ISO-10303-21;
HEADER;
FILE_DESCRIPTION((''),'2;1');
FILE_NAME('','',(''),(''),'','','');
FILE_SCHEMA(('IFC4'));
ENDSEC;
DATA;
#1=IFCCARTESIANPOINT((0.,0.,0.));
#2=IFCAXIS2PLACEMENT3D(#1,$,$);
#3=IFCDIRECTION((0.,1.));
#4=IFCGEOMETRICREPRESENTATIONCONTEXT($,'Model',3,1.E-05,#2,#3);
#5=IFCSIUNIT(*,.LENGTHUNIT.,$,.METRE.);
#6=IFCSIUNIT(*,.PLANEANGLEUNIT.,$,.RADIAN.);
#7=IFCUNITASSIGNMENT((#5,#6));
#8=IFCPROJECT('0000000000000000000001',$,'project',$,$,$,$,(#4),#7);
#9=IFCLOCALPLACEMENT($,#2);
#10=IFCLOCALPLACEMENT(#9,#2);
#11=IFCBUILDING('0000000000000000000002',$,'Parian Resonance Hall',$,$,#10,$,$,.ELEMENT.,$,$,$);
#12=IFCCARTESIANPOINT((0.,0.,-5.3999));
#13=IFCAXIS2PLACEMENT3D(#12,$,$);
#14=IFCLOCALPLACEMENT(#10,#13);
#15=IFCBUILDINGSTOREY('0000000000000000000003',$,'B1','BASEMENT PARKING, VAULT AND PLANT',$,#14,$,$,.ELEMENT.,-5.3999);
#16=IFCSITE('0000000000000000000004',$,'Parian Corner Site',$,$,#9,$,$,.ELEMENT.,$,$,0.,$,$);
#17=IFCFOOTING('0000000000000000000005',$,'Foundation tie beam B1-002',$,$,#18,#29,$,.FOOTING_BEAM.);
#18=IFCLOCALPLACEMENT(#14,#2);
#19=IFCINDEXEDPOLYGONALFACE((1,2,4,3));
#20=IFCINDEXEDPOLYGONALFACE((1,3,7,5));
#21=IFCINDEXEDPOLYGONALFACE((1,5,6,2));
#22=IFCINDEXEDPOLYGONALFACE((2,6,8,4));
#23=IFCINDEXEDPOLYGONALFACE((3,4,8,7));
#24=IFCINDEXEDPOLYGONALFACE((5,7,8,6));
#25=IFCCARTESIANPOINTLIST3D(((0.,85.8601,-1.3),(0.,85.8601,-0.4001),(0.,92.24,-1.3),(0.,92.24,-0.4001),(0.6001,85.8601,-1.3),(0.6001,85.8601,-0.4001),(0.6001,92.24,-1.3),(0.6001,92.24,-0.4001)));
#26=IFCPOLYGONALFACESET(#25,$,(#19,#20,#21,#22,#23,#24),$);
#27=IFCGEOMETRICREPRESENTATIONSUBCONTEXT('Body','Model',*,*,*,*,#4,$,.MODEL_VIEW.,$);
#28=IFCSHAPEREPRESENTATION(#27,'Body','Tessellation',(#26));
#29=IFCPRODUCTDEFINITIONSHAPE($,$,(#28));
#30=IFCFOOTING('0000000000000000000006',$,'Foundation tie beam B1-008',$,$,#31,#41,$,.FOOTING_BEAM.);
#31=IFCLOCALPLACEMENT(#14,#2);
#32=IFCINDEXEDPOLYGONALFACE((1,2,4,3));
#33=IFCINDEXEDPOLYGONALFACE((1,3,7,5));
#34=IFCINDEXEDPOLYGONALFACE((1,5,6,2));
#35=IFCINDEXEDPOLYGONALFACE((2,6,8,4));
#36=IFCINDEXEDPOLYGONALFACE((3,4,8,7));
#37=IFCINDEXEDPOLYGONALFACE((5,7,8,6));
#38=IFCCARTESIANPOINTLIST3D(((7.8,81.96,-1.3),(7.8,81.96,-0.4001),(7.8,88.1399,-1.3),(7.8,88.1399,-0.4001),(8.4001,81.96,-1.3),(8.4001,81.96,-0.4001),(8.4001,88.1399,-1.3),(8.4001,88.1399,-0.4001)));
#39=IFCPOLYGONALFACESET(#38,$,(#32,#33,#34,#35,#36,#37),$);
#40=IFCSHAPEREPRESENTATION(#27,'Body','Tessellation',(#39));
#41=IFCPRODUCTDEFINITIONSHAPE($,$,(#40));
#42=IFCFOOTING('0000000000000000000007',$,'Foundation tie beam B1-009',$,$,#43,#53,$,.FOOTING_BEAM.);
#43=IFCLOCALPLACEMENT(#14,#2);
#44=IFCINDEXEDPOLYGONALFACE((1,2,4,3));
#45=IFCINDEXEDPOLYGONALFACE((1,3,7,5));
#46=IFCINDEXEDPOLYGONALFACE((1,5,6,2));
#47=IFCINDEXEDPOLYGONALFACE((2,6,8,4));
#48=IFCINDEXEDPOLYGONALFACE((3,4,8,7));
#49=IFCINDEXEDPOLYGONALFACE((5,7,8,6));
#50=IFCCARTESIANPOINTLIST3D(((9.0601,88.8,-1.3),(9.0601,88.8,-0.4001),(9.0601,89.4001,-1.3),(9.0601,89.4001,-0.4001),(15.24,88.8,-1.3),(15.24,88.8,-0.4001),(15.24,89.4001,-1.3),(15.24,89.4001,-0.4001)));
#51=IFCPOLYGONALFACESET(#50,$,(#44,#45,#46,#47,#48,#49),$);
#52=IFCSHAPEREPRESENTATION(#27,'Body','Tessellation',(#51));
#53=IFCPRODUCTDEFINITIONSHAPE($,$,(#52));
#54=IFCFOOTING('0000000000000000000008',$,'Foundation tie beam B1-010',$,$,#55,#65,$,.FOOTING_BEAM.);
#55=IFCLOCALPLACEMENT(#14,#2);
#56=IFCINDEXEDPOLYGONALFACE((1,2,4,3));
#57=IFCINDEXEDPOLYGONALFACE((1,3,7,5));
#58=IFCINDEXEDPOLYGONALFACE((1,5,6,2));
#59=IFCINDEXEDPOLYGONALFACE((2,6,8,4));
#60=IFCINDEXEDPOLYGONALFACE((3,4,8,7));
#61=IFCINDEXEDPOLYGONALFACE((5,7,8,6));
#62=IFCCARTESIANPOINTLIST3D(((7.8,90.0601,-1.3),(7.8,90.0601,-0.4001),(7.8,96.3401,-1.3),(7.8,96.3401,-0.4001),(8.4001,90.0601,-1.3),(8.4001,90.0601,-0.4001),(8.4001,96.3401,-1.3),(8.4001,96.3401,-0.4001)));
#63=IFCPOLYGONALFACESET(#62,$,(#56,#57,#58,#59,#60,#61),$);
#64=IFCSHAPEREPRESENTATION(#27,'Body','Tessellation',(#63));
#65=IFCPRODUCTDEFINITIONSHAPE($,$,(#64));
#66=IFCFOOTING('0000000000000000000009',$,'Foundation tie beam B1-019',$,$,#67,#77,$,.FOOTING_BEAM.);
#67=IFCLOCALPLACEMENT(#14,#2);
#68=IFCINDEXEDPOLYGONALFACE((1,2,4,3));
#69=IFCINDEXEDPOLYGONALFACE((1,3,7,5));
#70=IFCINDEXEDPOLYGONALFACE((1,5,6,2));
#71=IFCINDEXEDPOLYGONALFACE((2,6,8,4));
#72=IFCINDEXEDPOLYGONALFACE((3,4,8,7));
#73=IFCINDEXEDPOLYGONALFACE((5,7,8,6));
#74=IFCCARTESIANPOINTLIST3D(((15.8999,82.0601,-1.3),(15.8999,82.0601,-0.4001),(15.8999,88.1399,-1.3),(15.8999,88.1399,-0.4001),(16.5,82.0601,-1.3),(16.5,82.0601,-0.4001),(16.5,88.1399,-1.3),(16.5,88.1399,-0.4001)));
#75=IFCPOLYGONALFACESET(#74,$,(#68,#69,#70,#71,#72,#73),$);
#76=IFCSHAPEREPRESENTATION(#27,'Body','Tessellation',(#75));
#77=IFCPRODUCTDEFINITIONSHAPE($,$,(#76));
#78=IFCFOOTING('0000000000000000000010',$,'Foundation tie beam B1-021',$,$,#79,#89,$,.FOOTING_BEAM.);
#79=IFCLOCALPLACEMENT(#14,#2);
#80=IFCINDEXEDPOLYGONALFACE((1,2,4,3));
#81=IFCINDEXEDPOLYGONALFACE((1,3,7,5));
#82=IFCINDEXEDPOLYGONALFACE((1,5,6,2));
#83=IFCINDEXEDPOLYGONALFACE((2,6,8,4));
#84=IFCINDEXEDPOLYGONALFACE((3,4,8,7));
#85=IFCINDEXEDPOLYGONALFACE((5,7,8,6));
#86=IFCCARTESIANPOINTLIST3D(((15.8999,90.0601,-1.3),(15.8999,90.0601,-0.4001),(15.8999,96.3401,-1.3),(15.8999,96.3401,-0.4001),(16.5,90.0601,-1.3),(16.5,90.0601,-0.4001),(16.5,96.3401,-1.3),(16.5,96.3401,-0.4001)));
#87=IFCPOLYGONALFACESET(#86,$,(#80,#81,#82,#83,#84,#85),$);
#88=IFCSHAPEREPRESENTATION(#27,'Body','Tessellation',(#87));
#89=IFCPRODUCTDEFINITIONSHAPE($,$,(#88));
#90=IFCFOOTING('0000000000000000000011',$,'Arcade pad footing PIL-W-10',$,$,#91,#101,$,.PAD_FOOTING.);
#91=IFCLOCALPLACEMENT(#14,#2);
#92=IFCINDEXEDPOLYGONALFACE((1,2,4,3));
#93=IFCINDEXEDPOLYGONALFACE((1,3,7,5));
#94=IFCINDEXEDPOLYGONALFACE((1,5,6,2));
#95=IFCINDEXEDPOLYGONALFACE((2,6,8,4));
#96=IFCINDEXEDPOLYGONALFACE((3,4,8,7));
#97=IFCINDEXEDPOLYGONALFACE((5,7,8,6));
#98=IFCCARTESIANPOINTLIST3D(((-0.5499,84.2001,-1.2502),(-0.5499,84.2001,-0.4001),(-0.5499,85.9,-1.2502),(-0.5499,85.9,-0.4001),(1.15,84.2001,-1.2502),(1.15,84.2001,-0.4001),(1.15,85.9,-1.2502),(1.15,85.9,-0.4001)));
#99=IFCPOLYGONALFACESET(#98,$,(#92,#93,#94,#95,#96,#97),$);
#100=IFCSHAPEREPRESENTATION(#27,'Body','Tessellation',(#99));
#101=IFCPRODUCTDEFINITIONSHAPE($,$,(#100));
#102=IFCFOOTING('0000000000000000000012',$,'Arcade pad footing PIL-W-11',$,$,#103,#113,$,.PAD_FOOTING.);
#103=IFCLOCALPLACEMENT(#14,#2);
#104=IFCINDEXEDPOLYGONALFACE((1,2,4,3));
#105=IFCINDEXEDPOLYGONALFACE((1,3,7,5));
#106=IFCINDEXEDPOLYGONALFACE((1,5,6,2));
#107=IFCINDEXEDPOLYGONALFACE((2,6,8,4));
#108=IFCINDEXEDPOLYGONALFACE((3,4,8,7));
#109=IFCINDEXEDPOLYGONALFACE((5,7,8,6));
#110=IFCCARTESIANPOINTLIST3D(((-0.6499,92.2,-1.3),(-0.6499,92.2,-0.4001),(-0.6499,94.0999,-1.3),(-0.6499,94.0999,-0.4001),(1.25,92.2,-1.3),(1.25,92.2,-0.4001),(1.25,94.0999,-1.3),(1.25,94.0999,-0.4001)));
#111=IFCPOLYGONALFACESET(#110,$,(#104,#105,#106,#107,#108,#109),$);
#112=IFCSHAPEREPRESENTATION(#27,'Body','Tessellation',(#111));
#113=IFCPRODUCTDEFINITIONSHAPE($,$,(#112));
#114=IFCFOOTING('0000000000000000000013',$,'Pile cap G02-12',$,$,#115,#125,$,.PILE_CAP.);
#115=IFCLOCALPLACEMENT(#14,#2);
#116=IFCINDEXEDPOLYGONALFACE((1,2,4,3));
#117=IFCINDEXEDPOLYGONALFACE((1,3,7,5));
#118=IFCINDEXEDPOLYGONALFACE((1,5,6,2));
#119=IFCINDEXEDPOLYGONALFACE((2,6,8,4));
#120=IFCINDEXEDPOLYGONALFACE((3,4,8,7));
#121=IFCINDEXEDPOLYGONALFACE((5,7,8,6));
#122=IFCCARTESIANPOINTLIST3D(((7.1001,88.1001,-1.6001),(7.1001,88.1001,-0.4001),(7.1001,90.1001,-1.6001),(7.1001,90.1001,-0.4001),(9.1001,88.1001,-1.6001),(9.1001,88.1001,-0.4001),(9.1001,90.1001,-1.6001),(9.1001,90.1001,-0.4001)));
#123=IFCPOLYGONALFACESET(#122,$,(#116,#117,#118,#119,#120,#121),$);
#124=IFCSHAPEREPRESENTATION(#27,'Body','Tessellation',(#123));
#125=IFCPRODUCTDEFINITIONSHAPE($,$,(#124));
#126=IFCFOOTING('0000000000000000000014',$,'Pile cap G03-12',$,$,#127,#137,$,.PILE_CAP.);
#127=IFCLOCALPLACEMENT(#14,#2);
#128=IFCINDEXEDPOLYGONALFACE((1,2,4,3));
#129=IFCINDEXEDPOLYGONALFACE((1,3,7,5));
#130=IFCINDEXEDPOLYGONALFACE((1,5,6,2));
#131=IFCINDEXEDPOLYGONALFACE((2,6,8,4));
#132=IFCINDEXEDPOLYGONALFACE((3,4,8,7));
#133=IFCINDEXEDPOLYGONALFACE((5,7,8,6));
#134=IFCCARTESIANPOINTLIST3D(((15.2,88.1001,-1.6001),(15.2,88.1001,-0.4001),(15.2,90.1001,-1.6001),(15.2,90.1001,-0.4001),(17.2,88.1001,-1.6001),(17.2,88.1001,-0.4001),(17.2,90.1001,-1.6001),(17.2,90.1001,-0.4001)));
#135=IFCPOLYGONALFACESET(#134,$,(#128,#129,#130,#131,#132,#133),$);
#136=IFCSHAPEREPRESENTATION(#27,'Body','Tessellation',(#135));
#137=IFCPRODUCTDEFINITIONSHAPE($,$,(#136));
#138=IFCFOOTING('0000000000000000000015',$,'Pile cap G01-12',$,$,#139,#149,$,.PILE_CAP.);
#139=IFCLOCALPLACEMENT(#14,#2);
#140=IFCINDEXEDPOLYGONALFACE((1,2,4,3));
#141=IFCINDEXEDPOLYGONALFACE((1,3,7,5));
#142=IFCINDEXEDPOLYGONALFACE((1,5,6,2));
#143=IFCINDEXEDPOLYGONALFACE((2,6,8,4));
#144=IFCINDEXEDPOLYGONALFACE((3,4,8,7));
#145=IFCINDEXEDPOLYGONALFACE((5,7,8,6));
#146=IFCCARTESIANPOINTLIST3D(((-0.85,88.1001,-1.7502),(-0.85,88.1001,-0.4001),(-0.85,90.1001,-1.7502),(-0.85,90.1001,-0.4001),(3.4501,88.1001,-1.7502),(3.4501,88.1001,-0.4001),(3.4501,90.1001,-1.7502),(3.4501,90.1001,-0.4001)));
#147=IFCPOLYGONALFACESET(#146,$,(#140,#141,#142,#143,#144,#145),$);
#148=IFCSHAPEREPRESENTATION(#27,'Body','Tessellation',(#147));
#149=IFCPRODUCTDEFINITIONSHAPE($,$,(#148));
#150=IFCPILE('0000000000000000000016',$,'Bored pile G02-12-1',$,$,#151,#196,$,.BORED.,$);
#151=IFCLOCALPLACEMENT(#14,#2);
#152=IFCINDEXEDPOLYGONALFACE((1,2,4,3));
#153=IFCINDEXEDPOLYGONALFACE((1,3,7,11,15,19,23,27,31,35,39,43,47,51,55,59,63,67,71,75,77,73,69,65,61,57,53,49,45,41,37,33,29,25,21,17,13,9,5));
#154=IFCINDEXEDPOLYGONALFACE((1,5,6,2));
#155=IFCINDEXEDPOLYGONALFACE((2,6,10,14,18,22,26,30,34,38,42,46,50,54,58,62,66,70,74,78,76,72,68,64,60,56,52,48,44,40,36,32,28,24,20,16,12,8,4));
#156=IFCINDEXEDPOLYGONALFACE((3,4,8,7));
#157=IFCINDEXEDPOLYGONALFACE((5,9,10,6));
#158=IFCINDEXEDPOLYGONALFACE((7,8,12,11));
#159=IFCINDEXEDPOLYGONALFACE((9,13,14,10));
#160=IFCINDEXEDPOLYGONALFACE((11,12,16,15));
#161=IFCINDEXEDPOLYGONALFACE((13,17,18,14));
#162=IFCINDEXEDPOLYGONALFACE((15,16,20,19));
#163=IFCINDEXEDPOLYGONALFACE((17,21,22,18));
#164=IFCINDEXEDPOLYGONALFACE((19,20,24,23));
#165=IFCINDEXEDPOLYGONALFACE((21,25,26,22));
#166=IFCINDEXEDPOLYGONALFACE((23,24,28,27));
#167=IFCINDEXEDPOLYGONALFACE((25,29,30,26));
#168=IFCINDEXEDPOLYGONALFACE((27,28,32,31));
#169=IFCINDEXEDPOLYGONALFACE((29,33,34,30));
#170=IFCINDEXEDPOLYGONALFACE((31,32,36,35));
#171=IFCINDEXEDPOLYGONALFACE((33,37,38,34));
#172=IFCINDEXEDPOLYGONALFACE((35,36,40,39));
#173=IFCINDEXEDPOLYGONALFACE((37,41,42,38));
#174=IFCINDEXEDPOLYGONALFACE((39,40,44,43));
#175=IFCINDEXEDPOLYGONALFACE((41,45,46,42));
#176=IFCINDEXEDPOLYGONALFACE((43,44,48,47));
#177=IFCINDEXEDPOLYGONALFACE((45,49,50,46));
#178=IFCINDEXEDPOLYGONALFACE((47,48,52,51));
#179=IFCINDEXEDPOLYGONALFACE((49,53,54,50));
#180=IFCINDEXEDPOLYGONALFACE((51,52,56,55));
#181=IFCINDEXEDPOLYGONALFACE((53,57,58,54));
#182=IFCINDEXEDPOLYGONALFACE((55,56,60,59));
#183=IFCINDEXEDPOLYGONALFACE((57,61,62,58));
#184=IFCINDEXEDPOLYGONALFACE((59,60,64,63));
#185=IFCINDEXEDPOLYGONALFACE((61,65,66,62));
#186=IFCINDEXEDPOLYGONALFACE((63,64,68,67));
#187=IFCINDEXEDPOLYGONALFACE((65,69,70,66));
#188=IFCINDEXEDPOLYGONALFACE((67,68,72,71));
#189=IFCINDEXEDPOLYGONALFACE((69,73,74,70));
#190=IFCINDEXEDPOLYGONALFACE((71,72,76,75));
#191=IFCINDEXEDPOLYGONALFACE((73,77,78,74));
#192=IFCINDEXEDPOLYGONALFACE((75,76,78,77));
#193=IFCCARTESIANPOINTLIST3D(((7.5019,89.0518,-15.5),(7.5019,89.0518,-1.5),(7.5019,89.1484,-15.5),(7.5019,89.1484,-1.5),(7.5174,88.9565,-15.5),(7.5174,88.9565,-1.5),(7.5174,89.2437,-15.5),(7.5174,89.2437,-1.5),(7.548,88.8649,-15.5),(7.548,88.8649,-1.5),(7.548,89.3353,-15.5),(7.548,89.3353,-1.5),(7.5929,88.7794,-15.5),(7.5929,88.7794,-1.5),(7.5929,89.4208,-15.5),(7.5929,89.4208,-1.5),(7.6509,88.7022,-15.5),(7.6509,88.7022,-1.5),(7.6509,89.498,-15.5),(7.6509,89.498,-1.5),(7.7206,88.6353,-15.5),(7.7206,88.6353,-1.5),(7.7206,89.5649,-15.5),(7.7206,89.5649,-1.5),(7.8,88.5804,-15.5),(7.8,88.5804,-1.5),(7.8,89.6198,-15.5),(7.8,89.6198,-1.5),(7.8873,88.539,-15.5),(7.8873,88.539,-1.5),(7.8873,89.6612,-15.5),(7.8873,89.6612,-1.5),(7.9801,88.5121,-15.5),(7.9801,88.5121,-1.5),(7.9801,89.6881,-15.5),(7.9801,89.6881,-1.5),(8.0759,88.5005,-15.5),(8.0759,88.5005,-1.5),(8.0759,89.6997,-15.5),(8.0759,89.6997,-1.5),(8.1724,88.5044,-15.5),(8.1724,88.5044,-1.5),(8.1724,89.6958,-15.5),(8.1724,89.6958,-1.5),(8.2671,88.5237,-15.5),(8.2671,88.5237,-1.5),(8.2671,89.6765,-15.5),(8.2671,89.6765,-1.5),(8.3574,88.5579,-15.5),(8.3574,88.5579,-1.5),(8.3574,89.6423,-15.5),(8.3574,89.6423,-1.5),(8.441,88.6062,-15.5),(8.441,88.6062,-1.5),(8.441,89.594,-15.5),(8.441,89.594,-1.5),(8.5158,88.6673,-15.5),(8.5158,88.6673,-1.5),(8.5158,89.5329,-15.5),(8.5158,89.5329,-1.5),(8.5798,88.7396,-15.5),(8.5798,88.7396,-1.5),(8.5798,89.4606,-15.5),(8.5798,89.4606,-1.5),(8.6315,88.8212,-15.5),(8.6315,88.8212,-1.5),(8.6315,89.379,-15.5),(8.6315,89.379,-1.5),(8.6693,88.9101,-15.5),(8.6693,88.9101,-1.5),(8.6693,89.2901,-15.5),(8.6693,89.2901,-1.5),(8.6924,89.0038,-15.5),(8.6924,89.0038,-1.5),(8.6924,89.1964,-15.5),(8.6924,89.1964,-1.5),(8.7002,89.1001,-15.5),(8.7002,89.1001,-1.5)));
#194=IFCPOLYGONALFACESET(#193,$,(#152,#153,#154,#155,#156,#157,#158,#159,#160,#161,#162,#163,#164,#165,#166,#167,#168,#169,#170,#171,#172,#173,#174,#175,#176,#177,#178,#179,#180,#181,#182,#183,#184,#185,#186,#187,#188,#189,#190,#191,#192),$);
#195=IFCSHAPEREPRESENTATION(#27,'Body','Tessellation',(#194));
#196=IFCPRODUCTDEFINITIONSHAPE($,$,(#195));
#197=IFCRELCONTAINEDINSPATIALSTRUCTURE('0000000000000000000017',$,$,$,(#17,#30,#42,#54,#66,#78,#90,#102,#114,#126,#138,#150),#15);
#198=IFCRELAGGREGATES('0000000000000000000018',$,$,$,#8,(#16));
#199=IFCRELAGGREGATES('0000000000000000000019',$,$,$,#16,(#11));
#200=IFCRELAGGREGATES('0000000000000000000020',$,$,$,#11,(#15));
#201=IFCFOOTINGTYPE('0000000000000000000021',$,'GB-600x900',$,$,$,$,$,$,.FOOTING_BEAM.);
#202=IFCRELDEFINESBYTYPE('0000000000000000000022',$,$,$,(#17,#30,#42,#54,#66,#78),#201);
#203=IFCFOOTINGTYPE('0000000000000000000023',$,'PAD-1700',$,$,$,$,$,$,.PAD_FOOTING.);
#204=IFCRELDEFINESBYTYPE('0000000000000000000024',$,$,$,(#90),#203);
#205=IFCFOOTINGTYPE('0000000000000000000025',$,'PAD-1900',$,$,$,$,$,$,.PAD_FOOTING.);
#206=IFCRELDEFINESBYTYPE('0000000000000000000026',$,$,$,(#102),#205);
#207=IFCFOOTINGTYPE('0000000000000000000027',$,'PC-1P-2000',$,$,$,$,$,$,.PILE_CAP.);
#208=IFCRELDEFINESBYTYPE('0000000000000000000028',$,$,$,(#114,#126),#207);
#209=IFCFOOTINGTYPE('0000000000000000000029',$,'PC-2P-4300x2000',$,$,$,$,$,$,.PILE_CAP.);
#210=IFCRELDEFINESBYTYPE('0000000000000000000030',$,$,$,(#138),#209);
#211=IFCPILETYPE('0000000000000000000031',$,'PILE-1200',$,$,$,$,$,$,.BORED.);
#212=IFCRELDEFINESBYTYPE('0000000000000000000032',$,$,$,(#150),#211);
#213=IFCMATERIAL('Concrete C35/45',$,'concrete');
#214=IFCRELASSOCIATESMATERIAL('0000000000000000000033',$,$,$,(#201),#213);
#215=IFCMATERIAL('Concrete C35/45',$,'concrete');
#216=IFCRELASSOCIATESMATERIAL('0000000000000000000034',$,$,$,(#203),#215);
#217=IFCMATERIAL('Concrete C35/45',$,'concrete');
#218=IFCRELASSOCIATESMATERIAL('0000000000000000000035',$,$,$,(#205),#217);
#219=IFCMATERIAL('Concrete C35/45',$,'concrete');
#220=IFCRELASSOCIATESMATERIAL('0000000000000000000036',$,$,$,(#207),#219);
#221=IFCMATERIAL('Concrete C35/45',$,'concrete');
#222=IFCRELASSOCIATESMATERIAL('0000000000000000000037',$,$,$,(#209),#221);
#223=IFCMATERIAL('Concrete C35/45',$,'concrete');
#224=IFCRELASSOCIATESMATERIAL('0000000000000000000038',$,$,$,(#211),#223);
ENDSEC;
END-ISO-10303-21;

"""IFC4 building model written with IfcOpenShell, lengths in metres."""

from ifc_helpers import new_model, si_unit, direction, frame, origin, origin_2d, place, context, subcontext, project, spatial, rectangle, circle, extrude, material, material_profile, profile_set, type_object, element, save


model = new_model("IFC4")

# Units and contexts
model_context = context("Model", 3, precision=1e-05, world=origin(), true_north=direction((0.0, 1.0)))
body_context = subcontext(model_context, "Body", "Model", "MODEL_VIEW")
ifc_project = project(units=[si_unit("LENGTHUNIT", "METRE"), si_unit("PLANEANGLEUNIT", "RADIAN")], contexts=[model_context])

# Site, building, storey
site_placement = place(None, origin())
site = spatial("IfcSite", under=ifc_project, at=site_placement, Name="Parian Corner Site", CompositionType="ELEMENT", RefElevation=0.0)
building_placement = place(site_placement, origin())
building = spatial("IfcBuilding", under=site, at=building_placement, Name="Parian Resonance Hall", CompositionType="ELEMENT")
storey_placement = place(building_placement, frame((0.0, 0.0, -5.3999)))
storey = spatial("IfcBuildingStorey", under=building, at=storey_placement, Name="B1", Description="BASEMENT PARKING, VAULT AND PLANT", CompositionType="ELEMENT", Elevation=-5.3999)

# Footings
ifc_material_1 = material(Name="Concrete C35/45", Category="concrete")
ifc_material_profile_1 = material_profile(ifc_material_1, rectangle(XDim=0.6001, YDim=0.8999, at=origin_2d()), Name="RC-GB-600x900")
ifc_profile_set_1 = profile_set([ifc_material_profile_1], Name="Concrete C35/45")
footing_type_1 = type_object("IfcFootingType", Name="GB-600x900", PredefinedType="FOOTING_BEAM", material=ifc_profile_set_1)
footing_1_placement = place(storey_placement, frame((0.3, 85.8601, -0.8501), z_axis=(0.0, 1.0, 0.0), x_axis=(-1.0, 0.0, 0.0)))
element("IfcFooting", 1, at=footing_1_placement, inside=storey, type_object=footing_type_1, Name="Foundation tie beam B1-002", PredefinedType="FOOTING_BEAM", context=body_context, shape_type="SweptSolid", body=[
    extrude(rectangle(XDim=0.6001, YDim=0.8999, at=origin_2d()), origin(), (0.0, 0.0, 1.0), 6.3799),
])
for number, where, z_axis, x_axis, name in (
    (2, (8.1001, 81.96, -0.8501), (0.0, 1.0, 0.0), (-1.0, 0.0, 0.0), "Foundation tie beam B1-008"),
    (3, (9.0601, 89.1001, -0.8501), (1.0, 0.0, 0.0), (0.0, 1.0, 0.0), "Foundation tie beam B1-009"),
):
    element("IfcFooting", number, at=place(storey_placement, frame(where, z_axis=z_axis, x_axis=x_axis)), inside=storey, type_object=footing_type_1, Name=name, PredefinedType="FOOTING_BEAM", context=body_context, shape_type="SweptSolid", body=[
        extrude(rectangle(XDim=0.6001, YDim=0.8999, at=origin_2d()), origin(), (0.0, 0.0, 1.0), 6.1799),
    ])
footing_2_placement = place(storey_placement, frame((8.1001, 90.0601, -0.8501), z_axis=(0.0, 1.0, 0.0), x_axis=(-1.0, 0.0, 0.0)))
element("IfcFooting", 4, at=footing_2_placement, inside=storey, type_object=footing_type_1, Name="Foundation tie beam B1-010", PredefinedType="FOOTING_BEAM", context=body_context, shape_type="SweptSolid", body=[
    extrude(rectangle(XDim=0.6001, YDim=0.8999, at=origin_2d()), origin(), (0.0, 0.0, 1.0), 6.28),
])
footing_3_placement = place(storey_placement, frame((16.2, 82.0601, -0.8501), z_axis=(0.0, 1.0, 0.0), x_axis=(-1.0, 0.0, 0.0)))
element("IfcFooting", 5, at=footing_3_placement, inside=storey, type_object=footing_type_1, Name="Foundation tie beam B1-019", PredefinedType="FOOTING_BEAM", context=body_context, shape_type="SweptSolid", body=[
    extrude(rectangle(XDim=0.6001, YDim=0.8999, at=origin_2d()), origin(), (0.0, 0.0, 1.0), 6.0798),
])
footing_4_placement = place(storey_placement, frame((16.2, 90.0601, -0.8501), z_axis=(0.0, 1.0, 0.0), x_axis=(-1.0, 0.0, 0.0)))
element("IfcFooting", 6, at=footing_4_placement, inside=storey, type_object=footing_type_1, Name="Foundation tie beam B1-021", PredefinedType="FOOTING_BEAM", context=body_context, shape_type="SweptSolid", body=[
    extrude(rectangle(XDim=0.6001, YDim=0.8999, at=origin_2d()), origin(), (0.0, 0.0, 1.0), 6.28),
])
ifc_material_2 = material(Name="Concrete C35/45", Category="concrete")
footing_type_2 = type_object("IfcFootingType", Name="PAD-1700", PredefinedType="PAD_FOOTING", material=ifc_material_2)
footing_5_placement = place(storey_placement, frame((0.3, 85.05, -1.2502), z_axis=(0.0, 0.0, 1.0), x_axis=(1.0, 0.0, 0.0)))
element("IfcFooting", 7, at=footing_5_placement, inside=storey, type_object=footing_type_2, Name="Arcade pad footing PIL-W-10", PredefinedType="PAD_FOOTING", context=body_context, shape_type="SweptSolid", body=[
    extrude(rectangle(XDim=1.7, YDim=1.7, at=origin_2d()), origin(), (0.0, 0.0, 1.0), 0.8501),
])
ifc_material_3 = material(Name="Concrete C35/45", Category="concrete")
footing_type_3 = type_object("IfcFootingType", Name="PAD-1900", PredefinedType="PAD_FOOTING", material=ifc_material_3)
footing_6_placement = place(storey_placement, frame((0.3, 93.1499, -1.3), z_axis=(0.0, 0.0, 1.0), x_axis=(1.0, 0.0, 0.0)))
element("IfcFooting", 8, at=footing_6_placement, inside=storey, type_object=footing_type_3, Name="Arcade pad footing PIL-W-11", PredefinedType="PAD_FOOTING", context=body_context, shape_type="SweptSolid", body=[
    extrude(rectangle(XDim=1.8999, YDim=1.8999, at=origin_2d()), origin(), (0.0, 0.0, 1.0), 0.8999),
])
ifc_material_4 = material(Name="Concrete C35/45", Category="concrete")
footing_type_4 = type_object("IfcFootingType", Name="PC-1P-2000", PredefinedType="PILE_CAP", material=ifc_material_4)
for number, where, z_axis, x_axis, name in (
    (9, (8.1001, 89.1001, -1.6001), (0.0, 0.0, 1.0), (1.0, 0.0, 0.0), "Pile cap G02-12"),
    (10, (16.2, 89.1001, -1.6001), (0.0, 0.0, 1.0), (1.0, 0.0, 0.0), "Pile cap G03-12"),
):
    element("IfcFooting", number, at=place(storey_placement, frame(where, z_axis=z_axis, x_axis=x_axis)), inside=storey, type_object=footing_type_4, Name=name, PredefinedType="PILE_CAP", context=body_context, shape_type="SweptSolid", body=[
        extrude(rectangle(XDim=2.0, YDim=2.0, at=origin_2d()), origin(), (0.0, 0.0, 1.0), 1.2),
    ])
ifc_material_5 = material(Name="Concrete C35/45", Category="concrete")
footing_type_5 = type_object("IfcFootingType", Name="PC-2P-4300x2000", PredefinedType="PILE_CAP", material=ifc_material_5)
footing_7_placement = place(storey_placement, frame((1.3, 89.1001, -1.7502), z_axis=(0.0, 0.0, 1.0), x_axis=(1.0, 0.0, 0.0)))
element("IfcFooting", 11, at=footing_7_placement, inside=storey, type_object=footing_type_5, Name="Pile cap G01-12", PredefinedType="PILE_CAP", context=body_context, shape_type="SweptSolid", body=[
    extrude(rectangle(XDim=4.3, YDim=2.0, at=origin_2d()), origin(), (0.0, 0.0, 1.0), 1.3501),
])

# Pile
ifc_material_6 = material(Name="Concrete C35/45", Category="concrete")
ifc_material_profile_2 = material_profile(ifc_material_6, circle(Radius=0.6001, at=origin_2d()), Name="PILE-D1200")
ifc_profile_set_2 = profile_set([ifc_material_profile_2], Name="Concrete C35/45")
pile_type_1 = type_object("IfcPileType", Name="PILE-1200", PredefinedType="BORED", material=ifc_profile_set_2)
for number, where, z_axis, x_axis, name in (
    (12, (8.1001, 89.1001, -1.5), (0.0, 0.0, -1.0), (1.0, 0.0, 0.0), "Bored pile G02-12-1"),
):
    element("IfcPile", number, at=place(storey_placement, frame(where, z_axis=z_axis, x_axis=x_axis)), inside=storey, type_object=pile_type_1, Name=name, PredefinedType="BORED", context=body_context, shape_type="SweptSolid", body=[
        extrude(circle(Radius=0.6001, at=origin_2d()), origin(), (0.0, 0.0, 1.0), 14.0),
    ])

save(model, "model.ifc")
